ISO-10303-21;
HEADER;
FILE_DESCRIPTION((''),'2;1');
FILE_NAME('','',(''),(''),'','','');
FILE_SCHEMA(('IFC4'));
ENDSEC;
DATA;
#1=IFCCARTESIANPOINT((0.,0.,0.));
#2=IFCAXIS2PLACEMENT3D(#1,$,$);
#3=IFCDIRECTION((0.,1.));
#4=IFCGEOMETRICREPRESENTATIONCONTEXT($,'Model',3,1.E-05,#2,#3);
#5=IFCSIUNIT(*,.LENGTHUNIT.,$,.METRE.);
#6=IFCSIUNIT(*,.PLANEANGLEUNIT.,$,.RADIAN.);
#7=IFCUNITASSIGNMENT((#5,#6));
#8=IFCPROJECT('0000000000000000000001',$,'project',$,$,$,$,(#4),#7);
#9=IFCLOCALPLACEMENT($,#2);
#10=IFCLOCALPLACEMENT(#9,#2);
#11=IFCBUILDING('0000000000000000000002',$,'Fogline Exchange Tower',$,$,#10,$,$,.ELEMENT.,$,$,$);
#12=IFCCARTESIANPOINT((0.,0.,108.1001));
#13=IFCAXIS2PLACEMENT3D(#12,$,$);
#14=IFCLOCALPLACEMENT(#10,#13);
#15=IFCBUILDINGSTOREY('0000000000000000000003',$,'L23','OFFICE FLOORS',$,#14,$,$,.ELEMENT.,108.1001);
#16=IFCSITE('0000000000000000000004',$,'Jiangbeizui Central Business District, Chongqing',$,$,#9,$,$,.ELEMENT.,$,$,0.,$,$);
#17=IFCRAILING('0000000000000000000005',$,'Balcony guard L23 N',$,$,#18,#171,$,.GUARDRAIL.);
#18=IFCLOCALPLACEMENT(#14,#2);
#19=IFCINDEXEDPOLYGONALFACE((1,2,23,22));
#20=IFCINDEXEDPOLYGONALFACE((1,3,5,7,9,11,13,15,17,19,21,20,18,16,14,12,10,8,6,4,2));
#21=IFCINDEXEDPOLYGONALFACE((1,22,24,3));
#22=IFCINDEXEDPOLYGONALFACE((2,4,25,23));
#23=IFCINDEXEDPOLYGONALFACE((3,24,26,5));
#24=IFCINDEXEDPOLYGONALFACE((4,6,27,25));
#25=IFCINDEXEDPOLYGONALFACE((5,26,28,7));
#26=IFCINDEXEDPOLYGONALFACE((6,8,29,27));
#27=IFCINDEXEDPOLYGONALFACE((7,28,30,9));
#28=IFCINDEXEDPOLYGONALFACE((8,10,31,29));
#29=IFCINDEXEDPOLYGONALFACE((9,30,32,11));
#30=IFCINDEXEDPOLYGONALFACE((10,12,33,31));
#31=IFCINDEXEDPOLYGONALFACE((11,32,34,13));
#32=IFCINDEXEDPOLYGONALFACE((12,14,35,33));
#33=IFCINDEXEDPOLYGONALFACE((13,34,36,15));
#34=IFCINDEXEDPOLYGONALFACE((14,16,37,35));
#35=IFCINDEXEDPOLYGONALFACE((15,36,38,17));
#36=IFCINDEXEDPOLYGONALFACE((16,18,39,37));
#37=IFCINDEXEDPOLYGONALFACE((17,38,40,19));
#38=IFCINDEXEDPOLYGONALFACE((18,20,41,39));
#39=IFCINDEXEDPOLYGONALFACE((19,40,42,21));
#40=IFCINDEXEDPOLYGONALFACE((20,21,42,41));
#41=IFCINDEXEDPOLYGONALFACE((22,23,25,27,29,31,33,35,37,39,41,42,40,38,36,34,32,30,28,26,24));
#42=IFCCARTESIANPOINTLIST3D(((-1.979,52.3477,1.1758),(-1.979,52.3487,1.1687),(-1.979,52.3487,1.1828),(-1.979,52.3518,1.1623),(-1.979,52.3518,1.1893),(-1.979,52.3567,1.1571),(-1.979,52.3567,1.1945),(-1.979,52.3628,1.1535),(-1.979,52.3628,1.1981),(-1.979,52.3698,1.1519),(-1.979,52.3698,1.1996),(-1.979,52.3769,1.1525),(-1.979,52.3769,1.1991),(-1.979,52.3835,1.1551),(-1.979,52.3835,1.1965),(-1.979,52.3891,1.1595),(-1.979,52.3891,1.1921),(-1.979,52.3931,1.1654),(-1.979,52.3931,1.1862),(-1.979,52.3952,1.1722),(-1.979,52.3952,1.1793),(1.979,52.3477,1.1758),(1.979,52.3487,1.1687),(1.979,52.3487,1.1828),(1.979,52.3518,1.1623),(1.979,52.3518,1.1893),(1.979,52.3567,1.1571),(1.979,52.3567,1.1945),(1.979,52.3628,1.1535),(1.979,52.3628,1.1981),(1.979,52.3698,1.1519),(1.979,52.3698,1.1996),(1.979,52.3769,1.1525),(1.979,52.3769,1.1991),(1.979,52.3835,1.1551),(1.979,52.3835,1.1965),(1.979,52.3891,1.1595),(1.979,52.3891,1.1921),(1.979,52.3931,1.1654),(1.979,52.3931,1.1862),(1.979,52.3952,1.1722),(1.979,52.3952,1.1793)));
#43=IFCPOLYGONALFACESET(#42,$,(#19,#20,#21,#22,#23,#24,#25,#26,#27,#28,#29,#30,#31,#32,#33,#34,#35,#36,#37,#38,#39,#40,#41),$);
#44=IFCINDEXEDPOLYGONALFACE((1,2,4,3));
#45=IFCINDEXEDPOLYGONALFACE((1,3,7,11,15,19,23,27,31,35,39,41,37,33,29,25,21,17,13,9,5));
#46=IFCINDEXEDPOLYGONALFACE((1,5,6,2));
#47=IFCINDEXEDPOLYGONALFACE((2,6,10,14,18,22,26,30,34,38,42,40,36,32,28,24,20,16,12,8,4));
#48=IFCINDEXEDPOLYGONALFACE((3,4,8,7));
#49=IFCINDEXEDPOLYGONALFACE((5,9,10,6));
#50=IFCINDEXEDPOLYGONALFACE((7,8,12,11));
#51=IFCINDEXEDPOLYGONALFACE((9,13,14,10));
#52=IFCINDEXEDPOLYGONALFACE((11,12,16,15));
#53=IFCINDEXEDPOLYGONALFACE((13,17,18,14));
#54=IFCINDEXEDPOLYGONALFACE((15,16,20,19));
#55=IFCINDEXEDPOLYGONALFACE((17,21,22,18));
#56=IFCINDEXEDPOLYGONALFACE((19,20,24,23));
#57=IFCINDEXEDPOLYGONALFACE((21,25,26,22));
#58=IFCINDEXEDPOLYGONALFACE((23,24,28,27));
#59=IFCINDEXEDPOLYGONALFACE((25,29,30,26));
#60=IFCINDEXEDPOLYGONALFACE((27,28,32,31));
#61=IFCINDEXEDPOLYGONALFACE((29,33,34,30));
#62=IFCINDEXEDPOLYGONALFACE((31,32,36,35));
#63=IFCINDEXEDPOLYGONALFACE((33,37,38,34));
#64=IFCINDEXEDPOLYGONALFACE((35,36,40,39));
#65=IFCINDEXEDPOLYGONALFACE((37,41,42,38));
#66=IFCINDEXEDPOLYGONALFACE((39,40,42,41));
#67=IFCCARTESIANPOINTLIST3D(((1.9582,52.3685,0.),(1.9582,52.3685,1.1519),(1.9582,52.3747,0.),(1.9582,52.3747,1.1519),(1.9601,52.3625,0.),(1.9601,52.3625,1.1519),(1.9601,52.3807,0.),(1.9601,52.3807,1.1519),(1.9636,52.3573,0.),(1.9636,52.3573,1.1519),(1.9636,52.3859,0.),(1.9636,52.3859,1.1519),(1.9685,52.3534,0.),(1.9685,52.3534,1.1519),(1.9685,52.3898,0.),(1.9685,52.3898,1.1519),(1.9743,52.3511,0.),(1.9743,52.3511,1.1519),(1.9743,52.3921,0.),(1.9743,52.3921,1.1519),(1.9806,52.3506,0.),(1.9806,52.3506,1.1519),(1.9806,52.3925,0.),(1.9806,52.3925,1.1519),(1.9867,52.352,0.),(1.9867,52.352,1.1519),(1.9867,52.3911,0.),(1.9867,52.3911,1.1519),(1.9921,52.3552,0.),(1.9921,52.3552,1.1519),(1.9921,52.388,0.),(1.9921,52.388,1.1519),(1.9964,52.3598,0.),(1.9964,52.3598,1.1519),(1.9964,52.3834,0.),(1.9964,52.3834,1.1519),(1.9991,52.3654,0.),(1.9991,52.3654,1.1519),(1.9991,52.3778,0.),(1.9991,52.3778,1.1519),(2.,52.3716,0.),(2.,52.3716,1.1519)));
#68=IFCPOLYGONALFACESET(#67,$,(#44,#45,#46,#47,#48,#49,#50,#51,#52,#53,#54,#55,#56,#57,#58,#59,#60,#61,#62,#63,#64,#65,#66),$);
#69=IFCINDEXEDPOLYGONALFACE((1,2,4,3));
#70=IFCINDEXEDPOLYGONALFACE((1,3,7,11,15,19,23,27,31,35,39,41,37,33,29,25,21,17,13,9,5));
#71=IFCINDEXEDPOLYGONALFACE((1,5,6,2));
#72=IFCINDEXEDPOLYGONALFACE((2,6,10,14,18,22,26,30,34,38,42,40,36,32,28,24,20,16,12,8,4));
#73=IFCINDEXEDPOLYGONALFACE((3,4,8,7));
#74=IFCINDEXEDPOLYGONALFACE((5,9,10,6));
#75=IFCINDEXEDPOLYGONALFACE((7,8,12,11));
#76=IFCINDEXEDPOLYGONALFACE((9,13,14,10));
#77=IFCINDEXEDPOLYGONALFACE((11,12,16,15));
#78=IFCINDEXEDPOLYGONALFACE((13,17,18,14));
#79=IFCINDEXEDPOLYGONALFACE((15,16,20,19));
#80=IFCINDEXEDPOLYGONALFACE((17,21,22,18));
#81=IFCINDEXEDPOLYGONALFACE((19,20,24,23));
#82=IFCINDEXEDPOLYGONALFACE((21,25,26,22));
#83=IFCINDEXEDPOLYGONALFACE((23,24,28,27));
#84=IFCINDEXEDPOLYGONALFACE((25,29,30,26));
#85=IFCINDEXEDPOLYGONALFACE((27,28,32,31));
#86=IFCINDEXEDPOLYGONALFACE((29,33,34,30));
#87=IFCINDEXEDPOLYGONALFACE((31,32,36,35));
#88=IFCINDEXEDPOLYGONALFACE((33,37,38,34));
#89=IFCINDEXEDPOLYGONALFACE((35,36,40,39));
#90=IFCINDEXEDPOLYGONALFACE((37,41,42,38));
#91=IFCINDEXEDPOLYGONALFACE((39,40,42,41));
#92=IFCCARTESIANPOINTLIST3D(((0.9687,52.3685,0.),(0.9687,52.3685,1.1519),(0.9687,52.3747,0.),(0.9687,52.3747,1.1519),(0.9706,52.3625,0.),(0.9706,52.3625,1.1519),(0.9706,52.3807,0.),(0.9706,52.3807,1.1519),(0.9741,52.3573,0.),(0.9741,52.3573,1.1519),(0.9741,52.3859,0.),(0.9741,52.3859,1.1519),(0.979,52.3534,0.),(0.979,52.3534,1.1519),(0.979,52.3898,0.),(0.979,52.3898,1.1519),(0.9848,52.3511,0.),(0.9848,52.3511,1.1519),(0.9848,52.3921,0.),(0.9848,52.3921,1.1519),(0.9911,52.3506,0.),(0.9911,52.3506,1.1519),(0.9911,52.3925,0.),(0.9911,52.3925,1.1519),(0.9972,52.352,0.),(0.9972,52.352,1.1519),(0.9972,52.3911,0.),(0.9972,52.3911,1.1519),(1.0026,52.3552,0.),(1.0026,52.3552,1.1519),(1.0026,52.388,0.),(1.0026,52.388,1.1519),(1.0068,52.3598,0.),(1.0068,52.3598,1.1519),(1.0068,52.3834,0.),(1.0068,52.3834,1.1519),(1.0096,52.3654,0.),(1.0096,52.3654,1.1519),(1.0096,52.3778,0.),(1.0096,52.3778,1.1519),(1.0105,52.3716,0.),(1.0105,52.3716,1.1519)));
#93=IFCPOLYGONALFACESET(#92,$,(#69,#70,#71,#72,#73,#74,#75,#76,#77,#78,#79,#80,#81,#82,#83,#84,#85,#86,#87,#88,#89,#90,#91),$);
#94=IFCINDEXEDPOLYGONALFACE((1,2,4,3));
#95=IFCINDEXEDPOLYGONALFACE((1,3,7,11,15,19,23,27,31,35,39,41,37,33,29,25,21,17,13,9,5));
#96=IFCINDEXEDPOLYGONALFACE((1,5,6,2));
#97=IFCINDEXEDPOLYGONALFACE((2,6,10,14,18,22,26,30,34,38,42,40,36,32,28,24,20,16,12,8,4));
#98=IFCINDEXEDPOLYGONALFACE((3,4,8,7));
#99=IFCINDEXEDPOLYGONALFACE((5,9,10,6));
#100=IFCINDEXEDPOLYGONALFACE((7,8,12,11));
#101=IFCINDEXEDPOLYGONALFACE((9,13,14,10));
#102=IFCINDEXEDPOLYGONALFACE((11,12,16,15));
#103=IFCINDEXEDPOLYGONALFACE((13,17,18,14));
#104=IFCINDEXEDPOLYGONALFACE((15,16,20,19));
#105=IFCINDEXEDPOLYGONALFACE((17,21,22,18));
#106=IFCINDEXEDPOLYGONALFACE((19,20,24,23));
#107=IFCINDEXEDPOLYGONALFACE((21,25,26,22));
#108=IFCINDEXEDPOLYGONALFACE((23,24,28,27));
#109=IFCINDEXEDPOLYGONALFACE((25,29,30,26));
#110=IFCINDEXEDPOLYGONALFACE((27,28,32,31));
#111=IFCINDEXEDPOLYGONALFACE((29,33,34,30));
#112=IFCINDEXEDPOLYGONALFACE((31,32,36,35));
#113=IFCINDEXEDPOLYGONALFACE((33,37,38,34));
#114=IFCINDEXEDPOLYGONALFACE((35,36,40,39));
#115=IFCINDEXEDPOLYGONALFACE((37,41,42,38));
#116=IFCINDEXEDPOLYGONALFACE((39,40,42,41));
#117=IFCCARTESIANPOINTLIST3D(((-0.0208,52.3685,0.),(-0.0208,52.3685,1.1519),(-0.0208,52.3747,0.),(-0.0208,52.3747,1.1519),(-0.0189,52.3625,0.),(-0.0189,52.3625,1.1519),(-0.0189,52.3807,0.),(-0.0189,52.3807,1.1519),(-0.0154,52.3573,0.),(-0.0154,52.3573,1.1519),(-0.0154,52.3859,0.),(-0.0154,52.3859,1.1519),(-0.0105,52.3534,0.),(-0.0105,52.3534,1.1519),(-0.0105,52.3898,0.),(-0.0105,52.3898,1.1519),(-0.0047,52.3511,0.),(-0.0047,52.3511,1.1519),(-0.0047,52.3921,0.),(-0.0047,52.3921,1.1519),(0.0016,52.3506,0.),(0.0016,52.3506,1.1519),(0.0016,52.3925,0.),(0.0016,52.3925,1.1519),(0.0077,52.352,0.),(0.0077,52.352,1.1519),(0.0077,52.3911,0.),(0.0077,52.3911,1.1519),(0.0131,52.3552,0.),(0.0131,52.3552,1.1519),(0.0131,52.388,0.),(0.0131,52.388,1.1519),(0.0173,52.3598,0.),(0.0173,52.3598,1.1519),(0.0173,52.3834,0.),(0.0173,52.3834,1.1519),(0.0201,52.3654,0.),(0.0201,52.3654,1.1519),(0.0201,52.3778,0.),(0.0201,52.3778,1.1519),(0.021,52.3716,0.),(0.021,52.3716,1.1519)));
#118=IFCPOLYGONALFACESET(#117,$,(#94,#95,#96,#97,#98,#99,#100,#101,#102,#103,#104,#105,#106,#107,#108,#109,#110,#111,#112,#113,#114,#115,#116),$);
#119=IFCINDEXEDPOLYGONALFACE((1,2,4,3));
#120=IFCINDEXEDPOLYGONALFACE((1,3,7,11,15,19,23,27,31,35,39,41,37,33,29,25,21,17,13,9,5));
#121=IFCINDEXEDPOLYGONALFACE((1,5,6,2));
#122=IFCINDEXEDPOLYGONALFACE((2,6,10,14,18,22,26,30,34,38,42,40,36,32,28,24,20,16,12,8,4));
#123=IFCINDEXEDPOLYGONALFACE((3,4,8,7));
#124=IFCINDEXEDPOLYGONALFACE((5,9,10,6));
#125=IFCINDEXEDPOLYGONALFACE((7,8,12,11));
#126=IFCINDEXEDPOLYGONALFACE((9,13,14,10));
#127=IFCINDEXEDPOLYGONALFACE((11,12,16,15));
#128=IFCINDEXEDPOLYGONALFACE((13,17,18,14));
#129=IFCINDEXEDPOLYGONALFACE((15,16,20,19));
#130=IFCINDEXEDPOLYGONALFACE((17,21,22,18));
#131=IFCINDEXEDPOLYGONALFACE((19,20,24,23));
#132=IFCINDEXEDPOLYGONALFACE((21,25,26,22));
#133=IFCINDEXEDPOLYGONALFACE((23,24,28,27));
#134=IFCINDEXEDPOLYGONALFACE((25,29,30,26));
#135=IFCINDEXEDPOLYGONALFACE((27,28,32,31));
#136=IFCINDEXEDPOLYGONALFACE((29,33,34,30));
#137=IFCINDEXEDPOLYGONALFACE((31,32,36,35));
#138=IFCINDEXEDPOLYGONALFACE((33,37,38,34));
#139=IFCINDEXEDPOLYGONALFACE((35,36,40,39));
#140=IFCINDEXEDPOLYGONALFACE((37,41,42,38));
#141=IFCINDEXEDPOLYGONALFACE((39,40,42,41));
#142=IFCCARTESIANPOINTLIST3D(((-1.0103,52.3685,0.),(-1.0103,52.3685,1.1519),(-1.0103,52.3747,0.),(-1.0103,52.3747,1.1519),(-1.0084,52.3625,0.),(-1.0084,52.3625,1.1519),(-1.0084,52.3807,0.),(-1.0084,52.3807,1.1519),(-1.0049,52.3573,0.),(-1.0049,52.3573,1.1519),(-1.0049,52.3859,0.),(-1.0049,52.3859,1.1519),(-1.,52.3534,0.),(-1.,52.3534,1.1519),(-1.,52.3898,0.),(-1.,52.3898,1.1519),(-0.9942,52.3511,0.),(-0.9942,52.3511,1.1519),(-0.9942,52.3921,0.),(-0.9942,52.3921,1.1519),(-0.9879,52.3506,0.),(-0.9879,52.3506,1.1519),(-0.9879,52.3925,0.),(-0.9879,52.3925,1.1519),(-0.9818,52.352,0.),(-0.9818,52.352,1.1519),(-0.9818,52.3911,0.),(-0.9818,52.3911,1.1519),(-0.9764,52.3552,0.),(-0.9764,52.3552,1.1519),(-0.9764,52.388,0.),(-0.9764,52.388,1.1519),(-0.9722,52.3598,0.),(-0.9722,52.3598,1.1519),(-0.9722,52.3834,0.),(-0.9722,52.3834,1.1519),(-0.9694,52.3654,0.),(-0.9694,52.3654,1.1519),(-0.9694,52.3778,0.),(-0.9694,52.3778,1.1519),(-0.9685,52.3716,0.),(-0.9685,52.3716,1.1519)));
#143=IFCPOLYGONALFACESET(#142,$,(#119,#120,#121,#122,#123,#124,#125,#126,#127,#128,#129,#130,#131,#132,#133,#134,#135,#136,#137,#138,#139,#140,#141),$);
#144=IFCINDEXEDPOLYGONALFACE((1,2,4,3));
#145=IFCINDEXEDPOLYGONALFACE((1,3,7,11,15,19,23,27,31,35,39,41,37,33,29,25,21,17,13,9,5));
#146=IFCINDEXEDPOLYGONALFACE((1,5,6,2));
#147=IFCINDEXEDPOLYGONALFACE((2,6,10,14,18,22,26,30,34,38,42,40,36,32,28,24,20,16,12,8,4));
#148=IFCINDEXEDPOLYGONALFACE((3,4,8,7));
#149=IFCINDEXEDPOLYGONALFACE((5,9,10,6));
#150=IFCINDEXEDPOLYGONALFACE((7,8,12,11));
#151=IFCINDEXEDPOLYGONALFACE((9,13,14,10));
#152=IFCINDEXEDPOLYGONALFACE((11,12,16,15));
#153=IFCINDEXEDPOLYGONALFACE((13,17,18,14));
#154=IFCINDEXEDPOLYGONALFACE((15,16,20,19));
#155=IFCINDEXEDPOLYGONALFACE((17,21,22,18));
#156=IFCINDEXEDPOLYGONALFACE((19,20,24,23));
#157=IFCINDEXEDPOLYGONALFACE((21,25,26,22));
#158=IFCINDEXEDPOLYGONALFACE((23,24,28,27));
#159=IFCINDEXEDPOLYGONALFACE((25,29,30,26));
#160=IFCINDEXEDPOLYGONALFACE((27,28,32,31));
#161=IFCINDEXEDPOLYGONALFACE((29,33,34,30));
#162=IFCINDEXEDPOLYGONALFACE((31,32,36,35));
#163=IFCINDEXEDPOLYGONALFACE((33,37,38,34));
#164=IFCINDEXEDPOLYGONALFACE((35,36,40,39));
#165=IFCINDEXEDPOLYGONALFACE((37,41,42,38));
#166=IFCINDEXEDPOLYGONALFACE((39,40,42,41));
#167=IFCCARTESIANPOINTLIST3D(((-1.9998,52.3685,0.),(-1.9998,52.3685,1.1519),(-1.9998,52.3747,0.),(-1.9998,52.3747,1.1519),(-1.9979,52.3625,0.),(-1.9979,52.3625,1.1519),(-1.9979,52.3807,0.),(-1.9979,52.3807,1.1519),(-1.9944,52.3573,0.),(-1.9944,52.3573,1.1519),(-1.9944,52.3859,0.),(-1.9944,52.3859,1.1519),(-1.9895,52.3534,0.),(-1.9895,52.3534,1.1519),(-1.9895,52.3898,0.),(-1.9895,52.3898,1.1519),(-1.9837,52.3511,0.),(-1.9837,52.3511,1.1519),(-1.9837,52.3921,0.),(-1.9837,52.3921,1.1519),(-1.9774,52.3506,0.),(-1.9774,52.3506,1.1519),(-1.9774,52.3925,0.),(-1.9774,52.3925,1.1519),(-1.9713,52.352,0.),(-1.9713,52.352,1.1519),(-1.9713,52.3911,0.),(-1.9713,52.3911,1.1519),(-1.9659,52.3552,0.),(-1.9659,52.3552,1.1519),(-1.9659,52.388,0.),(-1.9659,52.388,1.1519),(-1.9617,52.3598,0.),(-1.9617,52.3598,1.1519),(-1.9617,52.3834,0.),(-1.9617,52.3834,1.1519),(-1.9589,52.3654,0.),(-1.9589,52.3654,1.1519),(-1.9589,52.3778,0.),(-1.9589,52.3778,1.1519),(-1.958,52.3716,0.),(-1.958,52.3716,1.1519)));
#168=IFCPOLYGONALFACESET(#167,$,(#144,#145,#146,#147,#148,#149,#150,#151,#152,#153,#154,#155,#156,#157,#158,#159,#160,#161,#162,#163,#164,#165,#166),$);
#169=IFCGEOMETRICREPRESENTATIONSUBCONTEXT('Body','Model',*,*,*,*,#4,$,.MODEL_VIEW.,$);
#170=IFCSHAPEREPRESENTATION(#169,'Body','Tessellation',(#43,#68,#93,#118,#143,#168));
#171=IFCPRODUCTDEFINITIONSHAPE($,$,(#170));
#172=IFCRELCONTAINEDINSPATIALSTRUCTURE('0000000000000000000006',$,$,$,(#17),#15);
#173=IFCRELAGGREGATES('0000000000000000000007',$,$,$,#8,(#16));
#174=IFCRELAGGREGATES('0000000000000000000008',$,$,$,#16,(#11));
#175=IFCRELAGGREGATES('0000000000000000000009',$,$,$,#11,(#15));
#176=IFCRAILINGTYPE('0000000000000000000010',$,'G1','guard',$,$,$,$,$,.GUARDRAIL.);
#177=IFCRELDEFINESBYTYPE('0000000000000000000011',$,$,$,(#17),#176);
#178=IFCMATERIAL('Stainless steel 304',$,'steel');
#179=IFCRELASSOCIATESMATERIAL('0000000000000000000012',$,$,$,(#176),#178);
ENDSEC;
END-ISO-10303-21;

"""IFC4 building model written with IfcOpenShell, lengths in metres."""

from ifc_helpers import new_model, si_unit, direction, frame, origin, origin_2d, place, context, subcontext, project, spatial, circle, extrude, material, type_object, element, save


model = new_model("IFC4")

# Units and contexts
model_context = context("Model", 3, precision=1e-05, world=origin(), true_north=direction((0.0, 1.0)))
body_context = subcontext(model_context, "Body", "Model", "MODEL_VIEW")
ifc_project = project(units=[si_unit("LENGTHUNIT", "METRE"), si_unit("PLANEANGLEUNIT", "RADIAN")], contexts=[model_context])

# Site, building, storey
site_placement = place(None, origin())
site = spatial("IfcSite", under=ifc_project, at=site_placement, Name="Jiangbeizui Central Business District, Chongqing", CompositionType="ELEMENT", RefElevation=0.0)
building_placement = place(site_placement, origin())
building = spatial("IfcBuilding", under=site, at=building_placement, Name="Fogline Exchange Tower", CompositionType="ELEMENT")
storey_placement = place(building_placement, frame((0.0, 0.0, 108.1001)))
storey = spatial("IfcBuildingStorey", under=building, at=storey_placement, Name="L23", Description="OFFICE FLOORS", CompositionType="ELEMENT", Elevation=108.1001)

# Railing
ifc_material_1 = material(Name="Stainless steel 304", Category="steel")
railing_type = type_object("IfcRailingType", Name="G1", Description="guard", PredefinedType="GUARDRAIL", material=ifc_material_1)
railing_placement = place(storey_placement, frame((1.979, 52.3716, 0.0)))
element("IfcRailing", 1, at=railing_placement, inside=storey, type_object=railing_type, Name="Balcony guard L23 N", PredefinedType="GUARDRAIL", context=body_context, shape_type="SweptSolid", body=[
    extrude(circle(Radius=0.0239, at=origin_2d()), frame((0.0, 0.0, 1.1758), z_axis=(-1.0, 0.0, 0.0), x_axis=(0.0, -1.0, 0.0)), (0.0, 0.0, 1.0), 3.958),
    extrude(circle(Radius=0.021, at=origin_2d()), origin(), (0.0, 0.0, 1.0), 1.1519),
    extrude(circle(Radius=0.021, at=origin_2d()), frame((-0.9895, 0.0, 0.0)), (0.0, 0.0, 1.0), 1.1519),
    extrude(circle(Radius=0.021, at=origin_2d()), frame((-1.979, 0.0, 0.0)), (0.0, 0.0, 1.0), 1.1519),
    extrude(circle(Radius=0.021, at=origin_2d()), frame((-2.9685, 0.0, 0.0)), (0.0, 0.0, 1.0), 1.1519),
    extrude(circle(Radius=0.021, at=origin_2d()), frame((-3.958, 0.0, 0.0)), (0.0, 0.0, 1.0), 1.1519),
])

save(model, "model.ifc")
